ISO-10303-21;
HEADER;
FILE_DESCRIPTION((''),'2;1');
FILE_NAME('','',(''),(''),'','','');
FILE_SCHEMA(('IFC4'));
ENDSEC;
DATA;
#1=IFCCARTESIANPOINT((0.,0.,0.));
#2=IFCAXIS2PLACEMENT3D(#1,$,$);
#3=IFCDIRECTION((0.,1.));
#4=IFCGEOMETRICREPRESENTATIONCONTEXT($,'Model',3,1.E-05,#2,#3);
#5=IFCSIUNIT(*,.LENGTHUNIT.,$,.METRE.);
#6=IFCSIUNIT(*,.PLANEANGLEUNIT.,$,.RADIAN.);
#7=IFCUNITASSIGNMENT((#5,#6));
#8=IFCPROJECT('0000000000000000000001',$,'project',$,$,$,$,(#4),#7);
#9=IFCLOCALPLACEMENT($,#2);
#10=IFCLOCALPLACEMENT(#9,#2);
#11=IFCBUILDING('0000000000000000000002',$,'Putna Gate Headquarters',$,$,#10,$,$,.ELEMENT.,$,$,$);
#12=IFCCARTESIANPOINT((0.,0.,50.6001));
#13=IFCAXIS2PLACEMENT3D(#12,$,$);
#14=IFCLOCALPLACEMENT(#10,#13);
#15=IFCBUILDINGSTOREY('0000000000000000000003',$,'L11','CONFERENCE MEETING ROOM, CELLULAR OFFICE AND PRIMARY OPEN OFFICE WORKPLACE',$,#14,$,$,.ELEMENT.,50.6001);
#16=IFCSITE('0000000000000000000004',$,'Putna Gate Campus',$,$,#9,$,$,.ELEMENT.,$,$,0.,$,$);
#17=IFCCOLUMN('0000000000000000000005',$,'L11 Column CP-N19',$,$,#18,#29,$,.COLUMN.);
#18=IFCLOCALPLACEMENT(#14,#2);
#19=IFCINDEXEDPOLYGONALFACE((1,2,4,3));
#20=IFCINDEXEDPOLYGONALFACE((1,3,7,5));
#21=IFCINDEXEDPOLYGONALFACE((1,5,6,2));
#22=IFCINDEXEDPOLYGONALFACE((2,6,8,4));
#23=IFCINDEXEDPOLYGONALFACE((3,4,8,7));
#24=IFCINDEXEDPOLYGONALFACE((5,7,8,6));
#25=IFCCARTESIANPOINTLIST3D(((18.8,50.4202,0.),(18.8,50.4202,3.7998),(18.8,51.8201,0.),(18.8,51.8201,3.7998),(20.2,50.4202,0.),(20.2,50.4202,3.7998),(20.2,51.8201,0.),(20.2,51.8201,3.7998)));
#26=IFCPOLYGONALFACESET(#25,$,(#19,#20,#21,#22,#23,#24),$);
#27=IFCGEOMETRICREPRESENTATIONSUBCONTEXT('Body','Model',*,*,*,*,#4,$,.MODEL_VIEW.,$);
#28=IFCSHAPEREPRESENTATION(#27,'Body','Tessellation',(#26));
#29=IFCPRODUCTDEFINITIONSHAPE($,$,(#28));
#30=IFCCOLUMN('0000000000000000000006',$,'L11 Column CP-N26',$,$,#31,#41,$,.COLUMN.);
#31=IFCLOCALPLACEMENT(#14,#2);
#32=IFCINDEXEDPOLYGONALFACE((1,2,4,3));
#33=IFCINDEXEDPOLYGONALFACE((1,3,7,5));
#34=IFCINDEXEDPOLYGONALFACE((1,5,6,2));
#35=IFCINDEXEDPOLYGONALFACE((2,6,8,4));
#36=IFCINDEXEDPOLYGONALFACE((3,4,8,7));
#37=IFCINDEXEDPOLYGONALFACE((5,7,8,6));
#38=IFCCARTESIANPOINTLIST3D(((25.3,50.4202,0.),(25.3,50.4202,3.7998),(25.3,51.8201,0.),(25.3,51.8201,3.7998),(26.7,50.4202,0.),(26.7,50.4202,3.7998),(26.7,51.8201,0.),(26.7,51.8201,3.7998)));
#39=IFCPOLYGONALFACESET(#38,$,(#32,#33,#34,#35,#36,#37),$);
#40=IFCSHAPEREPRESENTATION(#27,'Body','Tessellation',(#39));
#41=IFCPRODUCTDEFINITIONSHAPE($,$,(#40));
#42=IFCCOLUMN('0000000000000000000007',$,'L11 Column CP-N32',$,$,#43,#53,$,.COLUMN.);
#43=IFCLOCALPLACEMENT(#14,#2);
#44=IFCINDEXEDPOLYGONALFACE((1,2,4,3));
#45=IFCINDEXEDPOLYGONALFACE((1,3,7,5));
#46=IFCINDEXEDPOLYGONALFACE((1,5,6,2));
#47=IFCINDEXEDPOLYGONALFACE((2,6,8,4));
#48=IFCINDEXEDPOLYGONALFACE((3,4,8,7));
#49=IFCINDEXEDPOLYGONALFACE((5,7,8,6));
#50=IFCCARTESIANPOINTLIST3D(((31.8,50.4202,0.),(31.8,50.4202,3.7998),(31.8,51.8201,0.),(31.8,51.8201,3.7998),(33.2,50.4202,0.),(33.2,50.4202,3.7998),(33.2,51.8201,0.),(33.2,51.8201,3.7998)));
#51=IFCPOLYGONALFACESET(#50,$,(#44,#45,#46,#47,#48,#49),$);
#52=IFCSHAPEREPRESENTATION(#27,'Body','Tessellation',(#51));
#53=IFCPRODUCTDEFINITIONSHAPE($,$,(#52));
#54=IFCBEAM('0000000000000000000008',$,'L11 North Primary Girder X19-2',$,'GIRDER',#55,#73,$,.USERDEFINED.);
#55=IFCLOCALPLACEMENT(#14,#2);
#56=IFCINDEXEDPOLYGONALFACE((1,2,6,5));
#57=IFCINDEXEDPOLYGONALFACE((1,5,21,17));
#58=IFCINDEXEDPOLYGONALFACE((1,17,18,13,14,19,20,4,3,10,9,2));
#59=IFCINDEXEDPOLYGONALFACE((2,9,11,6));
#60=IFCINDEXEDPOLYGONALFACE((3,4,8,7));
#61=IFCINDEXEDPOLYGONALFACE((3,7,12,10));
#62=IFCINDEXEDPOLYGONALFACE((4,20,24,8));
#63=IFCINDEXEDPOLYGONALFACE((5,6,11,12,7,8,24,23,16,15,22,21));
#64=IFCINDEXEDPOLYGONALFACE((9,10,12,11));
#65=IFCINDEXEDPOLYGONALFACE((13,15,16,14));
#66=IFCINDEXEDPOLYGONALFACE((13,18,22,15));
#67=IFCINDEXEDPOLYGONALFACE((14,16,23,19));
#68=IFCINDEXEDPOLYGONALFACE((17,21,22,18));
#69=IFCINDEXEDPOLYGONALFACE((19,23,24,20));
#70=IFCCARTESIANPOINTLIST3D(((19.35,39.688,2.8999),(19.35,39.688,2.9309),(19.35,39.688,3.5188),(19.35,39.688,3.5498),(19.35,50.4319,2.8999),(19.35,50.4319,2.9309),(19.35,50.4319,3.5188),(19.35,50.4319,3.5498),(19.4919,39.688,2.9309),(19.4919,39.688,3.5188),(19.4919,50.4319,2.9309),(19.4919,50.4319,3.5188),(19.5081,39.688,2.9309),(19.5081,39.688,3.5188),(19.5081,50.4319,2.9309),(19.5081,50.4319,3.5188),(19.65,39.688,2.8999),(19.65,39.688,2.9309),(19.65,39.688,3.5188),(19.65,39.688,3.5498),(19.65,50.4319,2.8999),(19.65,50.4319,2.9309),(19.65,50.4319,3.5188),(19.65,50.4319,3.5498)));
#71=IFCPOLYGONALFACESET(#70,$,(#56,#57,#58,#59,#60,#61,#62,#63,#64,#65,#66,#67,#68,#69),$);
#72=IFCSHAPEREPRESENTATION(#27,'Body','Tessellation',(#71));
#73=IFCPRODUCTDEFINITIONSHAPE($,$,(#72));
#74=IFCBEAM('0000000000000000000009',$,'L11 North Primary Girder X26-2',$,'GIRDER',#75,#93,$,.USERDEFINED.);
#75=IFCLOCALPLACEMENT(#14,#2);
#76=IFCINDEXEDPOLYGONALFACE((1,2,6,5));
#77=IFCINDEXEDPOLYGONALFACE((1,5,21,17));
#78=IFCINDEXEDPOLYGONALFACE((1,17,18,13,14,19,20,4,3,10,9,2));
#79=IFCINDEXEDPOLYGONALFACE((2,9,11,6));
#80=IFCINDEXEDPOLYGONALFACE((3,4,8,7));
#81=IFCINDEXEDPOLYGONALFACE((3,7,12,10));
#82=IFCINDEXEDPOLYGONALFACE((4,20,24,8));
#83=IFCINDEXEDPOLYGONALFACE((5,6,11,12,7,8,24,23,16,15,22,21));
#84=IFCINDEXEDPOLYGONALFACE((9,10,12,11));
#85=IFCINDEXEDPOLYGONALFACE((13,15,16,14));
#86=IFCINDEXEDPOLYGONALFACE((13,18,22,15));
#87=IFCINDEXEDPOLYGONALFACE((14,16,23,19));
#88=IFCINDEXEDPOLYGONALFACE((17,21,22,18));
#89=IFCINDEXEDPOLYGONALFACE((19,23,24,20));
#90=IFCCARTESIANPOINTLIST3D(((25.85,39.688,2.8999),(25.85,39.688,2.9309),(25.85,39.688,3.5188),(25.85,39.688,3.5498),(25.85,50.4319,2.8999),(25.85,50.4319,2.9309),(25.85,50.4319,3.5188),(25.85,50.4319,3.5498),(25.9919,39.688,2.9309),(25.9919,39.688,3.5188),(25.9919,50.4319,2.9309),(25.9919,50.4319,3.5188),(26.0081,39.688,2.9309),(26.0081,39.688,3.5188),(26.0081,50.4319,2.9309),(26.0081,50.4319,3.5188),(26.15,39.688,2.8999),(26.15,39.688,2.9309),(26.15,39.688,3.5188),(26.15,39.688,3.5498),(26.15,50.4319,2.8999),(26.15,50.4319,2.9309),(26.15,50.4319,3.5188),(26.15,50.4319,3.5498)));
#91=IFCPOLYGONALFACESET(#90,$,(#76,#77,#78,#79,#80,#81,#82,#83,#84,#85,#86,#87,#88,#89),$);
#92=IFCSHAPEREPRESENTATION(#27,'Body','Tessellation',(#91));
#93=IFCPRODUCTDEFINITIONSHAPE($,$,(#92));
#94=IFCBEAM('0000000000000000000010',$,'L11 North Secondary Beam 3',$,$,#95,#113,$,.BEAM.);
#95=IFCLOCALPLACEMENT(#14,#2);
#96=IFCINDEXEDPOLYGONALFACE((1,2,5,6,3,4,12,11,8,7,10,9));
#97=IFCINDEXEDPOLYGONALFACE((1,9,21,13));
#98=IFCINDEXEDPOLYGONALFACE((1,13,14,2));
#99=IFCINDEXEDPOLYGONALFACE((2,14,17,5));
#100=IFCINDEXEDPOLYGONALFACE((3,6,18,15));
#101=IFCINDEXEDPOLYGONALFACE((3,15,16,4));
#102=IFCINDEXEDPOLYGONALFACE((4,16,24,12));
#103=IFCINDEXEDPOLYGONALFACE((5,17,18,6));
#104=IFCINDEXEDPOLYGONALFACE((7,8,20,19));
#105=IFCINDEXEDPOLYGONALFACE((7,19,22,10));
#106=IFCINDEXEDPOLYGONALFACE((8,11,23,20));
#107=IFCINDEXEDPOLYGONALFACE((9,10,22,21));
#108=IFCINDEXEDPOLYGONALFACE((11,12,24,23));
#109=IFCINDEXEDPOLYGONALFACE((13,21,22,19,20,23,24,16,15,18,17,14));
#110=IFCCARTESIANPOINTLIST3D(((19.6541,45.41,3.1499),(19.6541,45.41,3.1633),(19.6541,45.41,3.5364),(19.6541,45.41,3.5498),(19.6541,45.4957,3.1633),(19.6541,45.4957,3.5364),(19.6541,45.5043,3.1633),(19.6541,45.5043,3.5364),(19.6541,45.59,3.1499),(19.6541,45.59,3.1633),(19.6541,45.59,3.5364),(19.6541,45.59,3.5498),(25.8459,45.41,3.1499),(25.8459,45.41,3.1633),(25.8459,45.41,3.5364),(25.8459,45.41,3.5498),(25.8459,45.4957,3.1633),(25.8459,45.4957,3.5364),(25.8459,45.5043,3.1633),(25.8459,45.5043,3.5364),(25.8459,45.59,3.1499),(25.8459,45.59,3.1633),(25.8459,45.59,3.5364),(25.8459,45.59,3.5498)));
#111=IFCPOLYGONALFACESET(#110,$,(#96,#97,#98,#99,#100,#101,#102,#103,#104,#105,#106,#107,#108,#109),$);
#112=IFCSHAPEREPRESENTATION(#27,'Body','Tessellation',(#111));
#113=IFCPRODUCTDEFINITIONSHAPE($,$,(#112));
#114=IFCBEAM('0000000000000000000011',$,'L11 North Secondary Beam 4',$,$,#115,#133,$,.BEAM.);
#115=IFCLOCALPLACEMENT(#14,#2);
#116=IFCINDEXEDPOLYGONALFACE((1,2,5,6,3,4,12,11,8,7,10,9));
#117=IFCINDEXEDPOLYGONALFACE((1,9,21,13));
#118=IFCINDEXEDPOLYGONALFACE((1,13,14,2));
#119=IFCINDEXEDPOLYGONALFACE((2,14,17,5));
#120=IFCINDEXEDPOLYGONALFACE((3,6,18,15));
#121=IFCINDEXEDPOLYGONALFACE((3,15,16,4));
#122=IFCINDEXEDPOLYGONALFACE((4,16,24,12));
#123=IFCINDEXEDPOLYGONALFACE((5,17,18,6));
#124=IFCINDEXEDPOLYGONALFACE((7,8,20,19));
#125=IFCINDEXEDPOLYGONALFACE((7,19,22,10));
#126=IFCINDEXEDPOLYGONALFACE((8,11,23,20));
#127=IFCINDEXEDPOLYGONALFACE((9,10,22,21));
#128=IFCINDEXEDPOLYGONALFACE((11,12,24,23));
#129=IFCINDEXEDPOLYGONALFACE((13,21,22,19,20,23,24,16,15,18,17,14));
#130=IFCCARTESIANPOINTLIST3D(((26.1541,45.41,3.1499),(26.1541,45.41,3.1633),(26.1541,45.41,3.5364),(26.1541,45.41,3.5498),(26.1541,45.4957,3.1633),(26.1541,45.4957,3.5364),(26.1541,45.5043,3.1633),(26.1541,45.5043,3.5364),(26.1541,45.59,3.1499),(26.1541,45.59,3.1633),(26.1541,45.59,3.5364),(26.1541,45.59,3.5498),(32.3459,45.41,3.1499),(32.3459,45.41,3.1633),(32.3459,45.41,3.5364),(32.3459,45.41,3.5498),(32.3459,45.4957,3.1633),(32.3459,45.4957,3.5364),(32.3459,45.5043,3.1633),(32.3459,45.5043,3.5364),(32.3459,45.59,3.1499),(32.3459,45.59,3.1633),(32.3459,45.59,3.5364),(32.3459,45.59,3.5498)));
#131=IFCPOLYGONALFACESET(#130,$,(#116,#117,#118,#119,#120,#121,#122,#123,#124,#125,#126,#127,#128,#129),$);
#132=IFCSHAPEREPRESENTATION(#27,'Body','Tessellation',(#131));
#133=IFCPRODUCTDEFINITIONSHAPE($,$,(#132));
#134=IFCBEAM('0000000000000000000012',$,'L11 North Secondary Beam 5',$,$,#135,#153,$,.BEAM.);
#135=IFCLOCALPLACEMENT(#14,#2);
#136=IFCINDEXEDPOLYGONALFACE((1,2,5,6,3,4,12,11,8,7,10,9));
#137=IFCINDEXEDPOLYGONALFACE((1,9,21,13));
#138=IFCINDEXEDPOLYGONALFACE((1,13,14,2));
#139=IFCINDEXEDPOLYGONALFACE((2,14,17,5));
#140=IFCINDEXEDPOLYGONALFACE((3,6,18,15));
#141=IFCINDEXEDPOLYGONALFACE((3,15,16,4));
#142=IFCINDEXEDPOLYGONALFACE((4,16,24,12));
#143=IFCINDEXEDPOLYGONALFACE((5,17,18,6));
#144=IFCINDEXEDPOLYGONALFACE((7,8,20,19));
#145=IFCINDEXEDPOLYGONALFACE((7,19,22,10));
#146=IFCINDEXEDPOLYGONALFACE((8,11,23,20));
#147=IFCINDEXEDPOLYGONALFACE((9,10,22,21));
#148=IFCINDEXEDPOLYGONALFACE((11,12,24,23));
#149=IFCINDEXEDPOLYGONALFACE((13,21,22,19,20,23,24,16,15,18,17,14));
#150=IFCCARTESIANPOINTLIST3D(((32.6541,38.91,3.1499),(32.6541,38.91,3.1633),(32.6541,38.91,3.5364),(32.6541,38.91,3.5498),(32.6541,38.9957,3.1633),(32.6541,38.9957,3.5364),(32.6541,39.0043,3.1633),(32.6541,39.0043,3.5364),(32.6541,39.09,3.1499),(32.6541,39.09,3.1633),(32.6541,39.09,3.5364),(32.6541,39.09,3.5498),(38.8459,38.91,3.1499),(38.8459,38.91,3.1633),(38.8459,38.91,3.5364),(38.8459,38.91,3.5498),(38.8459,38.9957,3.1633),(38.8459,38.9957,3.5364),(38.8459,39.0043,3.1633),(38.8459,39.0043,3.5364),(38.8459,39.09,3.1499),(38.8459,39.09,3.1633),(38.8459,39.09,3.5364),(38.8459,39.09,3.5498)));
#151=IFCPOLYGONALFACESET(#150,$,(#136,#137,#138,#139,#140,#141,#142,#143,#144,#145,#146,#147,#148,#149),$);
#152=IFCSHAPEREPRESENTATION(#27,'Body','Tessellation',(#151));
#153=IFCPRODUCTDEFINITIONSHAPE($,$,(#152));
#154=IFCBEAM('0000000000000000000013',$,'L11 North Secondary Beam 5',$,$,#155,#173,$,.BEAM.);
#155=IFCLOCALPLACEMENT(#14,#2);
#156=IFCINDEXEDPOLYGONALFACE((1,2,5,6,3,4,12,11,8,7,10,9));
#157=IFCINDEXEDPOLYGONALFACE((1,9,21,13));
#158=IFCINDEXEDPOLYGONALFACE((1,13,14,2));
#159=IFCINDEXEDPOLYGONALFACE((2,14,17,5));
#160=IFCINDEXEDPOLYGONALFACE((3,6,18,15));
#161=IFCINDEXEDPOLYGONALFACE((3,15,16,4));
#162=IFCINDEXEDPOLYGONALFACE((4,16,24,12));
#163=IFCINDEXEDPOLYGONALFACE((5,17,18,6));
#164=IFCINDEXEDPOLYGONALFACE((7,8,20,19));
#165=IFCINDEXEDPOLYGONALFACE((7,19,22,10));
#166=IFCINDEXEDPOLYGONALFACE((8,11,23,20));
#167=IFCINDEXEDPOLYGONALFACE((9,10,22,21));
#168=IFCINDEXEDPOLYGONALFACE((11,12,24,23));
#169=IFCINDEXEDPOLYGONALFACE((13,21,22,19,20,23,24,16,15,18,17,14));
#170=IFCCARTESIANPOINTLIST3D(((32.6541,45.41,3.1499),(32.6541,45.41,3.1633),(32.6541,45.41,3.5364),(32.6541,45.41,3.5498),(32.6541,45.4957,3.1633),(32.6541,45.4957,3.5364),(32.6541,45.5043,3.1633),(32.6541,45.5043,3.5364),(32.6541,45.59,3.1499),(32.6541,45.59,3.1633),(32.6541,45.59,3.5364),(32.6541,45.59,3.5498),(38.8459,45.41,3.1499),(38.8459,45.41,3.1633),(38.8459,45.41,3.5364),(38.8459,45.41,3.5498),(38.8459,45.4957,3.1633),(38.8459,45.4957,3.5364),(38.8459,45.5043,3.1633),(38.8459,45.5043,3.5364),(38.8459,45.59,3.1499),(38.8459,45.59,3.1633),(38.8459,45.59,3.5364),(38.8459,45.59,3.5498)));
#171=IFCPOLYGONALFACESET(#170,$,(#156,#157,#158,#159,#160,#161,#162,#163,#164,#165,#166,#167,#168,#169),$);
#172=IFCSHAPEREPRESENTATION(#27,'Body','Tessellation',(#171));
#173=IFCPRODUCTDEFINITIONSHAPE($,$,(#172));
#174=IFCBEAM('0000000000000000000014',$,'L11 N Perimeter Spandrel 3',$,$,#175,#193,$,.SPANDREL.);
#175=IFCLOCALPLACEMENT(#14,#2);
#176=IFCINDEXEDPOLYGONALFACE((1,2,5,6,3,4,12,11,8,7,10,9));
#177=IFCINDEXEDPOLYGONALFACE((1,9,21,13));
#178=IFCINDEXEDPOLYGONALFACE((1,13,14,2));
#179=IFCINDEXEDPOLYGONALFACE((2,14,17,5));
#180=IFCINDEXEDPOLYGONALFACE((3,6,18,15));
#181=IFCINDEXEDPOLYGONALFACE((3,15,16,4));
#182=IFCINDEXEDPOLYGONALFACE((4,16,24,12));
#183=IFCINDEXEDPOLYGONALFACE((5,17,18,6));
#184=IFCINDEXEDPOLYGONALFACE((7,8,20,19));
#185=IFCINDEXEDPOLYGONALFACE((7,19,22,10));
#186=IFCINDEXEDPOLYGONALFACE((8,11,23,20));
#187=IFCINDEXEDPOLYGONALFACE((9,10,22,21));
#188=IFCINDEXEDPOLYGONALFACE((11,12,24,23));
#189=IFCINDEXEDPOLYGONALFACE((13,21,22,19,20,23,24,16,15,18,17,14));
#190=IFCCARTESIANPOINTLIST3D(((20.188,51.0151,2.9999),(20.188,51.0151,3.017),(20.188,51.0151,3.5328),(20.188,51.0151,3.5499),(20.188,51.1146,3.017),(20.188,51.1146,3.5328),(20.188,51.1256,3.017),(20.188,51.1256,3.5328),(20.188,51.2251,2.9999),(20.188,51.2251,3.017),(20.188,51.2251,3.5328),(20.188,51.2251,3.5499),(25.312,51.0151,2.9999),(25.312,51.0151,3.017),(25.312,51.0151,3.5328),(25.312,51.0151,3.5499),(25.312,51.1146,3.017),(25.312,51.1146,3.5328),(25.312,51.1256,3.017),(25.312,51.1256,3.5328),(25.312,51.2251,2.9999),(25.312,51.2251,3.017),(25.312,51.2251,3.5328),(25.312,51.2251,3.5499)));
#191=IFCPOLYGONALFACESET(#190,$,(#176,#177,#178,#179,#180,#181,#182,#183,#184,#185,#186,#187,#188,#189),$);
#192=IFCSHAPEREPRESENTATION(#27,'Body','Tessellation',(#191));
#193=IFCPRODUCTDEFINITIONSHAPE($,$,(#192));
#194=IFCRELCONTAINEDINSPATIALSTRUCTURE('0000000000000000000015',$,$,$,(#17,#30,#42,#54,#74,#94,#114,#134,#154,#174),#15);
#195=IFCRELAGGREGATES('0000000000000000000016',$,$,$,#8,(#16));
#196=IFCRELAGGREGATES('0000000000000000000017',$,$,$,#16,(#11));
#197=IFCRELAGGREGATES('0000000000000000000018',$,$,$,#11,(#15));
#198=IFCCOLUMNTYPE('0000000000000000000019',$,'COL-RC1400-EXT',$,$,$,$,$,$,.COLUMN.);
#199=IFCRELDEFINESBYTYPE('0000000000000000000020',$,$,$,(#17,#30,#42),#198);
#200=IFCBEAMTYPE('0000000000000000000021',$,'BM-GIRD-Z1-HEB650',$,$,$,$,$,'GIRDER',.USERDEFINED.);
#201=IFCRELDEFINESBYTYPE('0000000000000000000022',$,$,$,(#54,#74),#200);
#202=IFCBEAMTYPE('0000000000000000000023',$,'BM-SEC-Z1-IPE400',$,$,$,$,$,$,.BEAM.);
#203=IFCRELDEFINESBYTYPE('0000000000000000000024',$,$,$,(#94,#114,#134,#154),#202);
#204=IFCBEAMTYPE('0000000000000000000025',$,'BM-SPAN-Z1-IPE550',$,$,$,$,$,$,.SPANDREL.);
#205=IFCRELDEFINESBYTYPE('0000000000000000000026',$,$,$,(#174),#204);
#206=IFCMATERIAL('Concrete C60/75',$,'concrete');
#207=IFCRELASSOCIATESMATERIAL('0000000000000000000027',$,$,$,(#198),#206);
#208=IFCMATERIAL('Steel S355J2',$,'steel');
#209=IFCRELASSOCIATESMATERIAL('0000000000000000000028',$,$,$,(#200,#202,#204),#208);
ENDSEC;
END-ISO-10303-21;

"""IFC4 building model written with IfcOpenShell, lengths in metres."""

from ifc_helpers import new_model, si_unit, direction, frame, origin, origin_2d, place, context, subcontext, project, spatial, rectangle, i_section, extrude, material, material_profile, profile_set, type_object, element, save


model = new_model("IFC4")

# Units and contexts
model_context = context("Model", 3, precision=1e-05, world=origin(), true_north=direction((0.0, 1.0)))
body_context = subcontext(model_context, "Body", "Model", "MODEL_VIEW")
ifc_project = project(units=[si_unit("LENGTHUNIT", "METRE"), si_unit("PLANEANGLEUNIT", "RADIAN")], contexts=[model_context])

# Site, building, storey
site_placement = place(None, origin())
site = spatial("IfcSite", under=ifc_project, at=site_placement, Name="Putna Gate Campus", CompositionType="ELEMENT", RefElevation=0.0)
building_placement = place(site_placement, origin())
building = spatial("IfcBuilding", under=site, at=building_placement, Name="Putna Gate Headquarters", CompositionType="ELEMENT")
storey_placement = place(building_placement, frame((0.0, 0.0, 50.6001)))
storey = spatial("IfcBuildingStorey", under=building, at=storey_placement, Name="L11", Description="CONFERENCE MEETING ROOM, CELLULAR OFFICE AND PRIMARY OPEN OFFICE WORKPLACE", CompositionType="ELEMENT", Elevation=50.6001)

# Columns
ifc_material_1 = material(Name="Concrete C60/75", Category="concrete")
ifc_material_profile_1 = material_profile(ifc_material_1, rectangle(XDim=1.3999, YDim=1.3999, at=origin_2d()), Name="Concrete C60/75")
ifc_profile_set_1 = profile_set([ifc_material_profile_1], Name="Concrete C60/75")
column_type = type_object("IfcColumnType", Name="COL-RC1400-EXT", PredefinedType="COLUMN", material=ifc_profile_set_1)
for number, where, z_axis, x_axis, name in (
    (1, (19.5, 51.1201, 0.0), (0.0, 0.0, 1.0), (1.0, 0.0, 0.0), "L11 Column CP-N19"),
    (2, (26.0, 51.1201, 0.0), (0.0, 0.0, 1.0), (1.0, 0.0, 0.0), "L11 Column CP-N26"),
    (3, (32.5, 51.1201, 0.0), (0.0, 0.0, 1.0), (1.0, 0.0, 0.0), "L11 Column CP-N32"),
):
    element("IfcColumn", number, at=place(storey_placement, frame(where, z_axis=z_axis, x_axis=x_axis)), inside=storey, type_object=column_type, Name=name, PredefinedType="COLUMN", context=body_context, shape_type="SweptSolid", body=[
        extrude(rectangle(XDim=1.3999, YDim=1.3999, at=origin_2d()), origin(), (0.0, 0.0, 1.0), 3.7998),
    ])

# Beams
ifc_material_2 = material(Name="Steel S355J2", Category="steel")
ifc_material_profile_2 = material_profile(ifc_material_2, i_section(OverallWidth=0.3, OverallDepth=0.6499, WebThickness=0.0161, FlangeThickness=0.031, at=origin_2d()), Name="Steel S355J2")
ifc_profile_set_2 = profile_set([ifc_material_profile_2], Name="Steel S355J2")
beam_type_1 = type_object("IfcBeamType", Name="BM-GIRD-Z1-HEB650", ElementType="GIRDER", PredefinedType="USERDEFINED", material=ifc_profile_set_2)
for number, where, z_axis, x_axis, name in (
    (4, (19.5, 39.688, 3.2249), (0.0, 1.0, 0.0), (-1.0, 0.0, 0.0), "L11 North Primary Girder X19-2"),
    (5, (26.0, 39.688, 3.2249), (0.0, 1.0, 0.0), (-1.0, 0.0, 0.0), "L11 North Primary Girder X26-2"),
):
    element("IfcBeam", number, at=place(storey_placement, frame(where, z_axis=z_axis, x_axis=x_axis)), inside=storey, type_object=beam_type_1, Name=name, ObjectType="GIRDER", PredefinedType="USERDEFINED", context=body_context, shape_type="SweptSolid", body=[
        extrude(i_section(OverallWidth=0.3, OverallDepth=0.6499, WebThickness=0.0161, FlangeThickness=0.031, at=origin_2d()), origin(), (0.0, 0.0, 1.0), 10.7439),
    ])
ifc_material_profile_3 = material_profile(ifc_material_2, i_section(OverallWidth=0.1799, OverallDepth=0.3999, WebThickness=0.0085, FlangeThickness=0.0134, at=origin_2d()), Name="Steel S355J2")
ifc_profile_set_3 = profile_set([ifc_material_profile_3], Name="Steel S355J2")
beam_type_2 = type_object("IfcBeamType", Name="BM-SEC-Z1-IPE400", PredefinedType="BEAM", material=ifc_profile_set_3)
for number, where, z_axis, x_axis, name in (
    (6, (19.6541, 45.5, 3.3499), (1.0, 0.0, 0.0), (0.0, 1.0, 0.0), "L11 North Secondary Beam 3"),
    (7, (26.1541, 45.5, 3.3499), (1.0, 0.0, 0.0), (0.0, 1.0, 0.0), "L11 North Secondary Beam 4"),
    (8, (32.6541, 39.0, 3.3499), (1.0, 0.0, 0.0), (0.0, 1.0, 0.0), "L11 North Secondary Beam 5"),
    (9, (32.6541, 45.5, 3.3499), (1.0, 0.0, 0.0), (0.0, 1.0, 0.0), "L11 North Secondary Beam 5"),
):
    element("IfcBeam", number, at=place(storey_placement, frame(where, z_axis=z_axis, x_axis=x_axis)), inside=storey, type_object=beam_type_2, Name=name, PredefinedType="BEAM", context=body_context, shape_type="SweptSolid", body=[
        extrude(i_section(OverallWidth=0.1799, OverallDepth=0.3999, WebThickness=0.0085, FlangeThickness=0.0134, at=origin_2d()), origin(), (0.0, 0.0, 1.0), 6.1919),
    ])
ifc_material_profile_4 = material_profile(ifc_material_2, i_section(OverallWidth=0.21, OverallDepth=0.55, WebThickness=0.011, FlangeThickness=0.0171, at=origin_2d()), Name="Steel S355J2")
ifc_profile_set_4 = profile_set([ifc_material_profile_4], Name="Steel S355J2")
beam_type_3 = type_object("IfcBeamType", Name="BM-SPAN-Z1-IPE550", PredefinedType="SPANDREL", material=ifc_profile_set_4)
for number, where, z_axis, x_axis, name in (
    (10, (20.188, 51.1201, 3.2749), (1.0, 0.0, 0.0), (0.0, 1.0, 0.0), "L11 N Perimeter Spandrel 3"),
):
    element("IfcBeam", number, at=place(storey_placement, frame(where, z_axis=z_axis, x_axis=x_axis)), inside=storey, type_object=beam_type_3, Name=name, PredefinedType="SPANDREL", context=body_context, shape_type="SweptSolid", body=[
        extrude(i_section(OverallWidth=0.21, OverallDepth=0.55, WebThickness=0.011, FlangeThickness=0.0171, at=origin_2d()), origin(), (0.0, 0.0, 1.0), 5.124),
    ])

save(model, "model.ifc")
